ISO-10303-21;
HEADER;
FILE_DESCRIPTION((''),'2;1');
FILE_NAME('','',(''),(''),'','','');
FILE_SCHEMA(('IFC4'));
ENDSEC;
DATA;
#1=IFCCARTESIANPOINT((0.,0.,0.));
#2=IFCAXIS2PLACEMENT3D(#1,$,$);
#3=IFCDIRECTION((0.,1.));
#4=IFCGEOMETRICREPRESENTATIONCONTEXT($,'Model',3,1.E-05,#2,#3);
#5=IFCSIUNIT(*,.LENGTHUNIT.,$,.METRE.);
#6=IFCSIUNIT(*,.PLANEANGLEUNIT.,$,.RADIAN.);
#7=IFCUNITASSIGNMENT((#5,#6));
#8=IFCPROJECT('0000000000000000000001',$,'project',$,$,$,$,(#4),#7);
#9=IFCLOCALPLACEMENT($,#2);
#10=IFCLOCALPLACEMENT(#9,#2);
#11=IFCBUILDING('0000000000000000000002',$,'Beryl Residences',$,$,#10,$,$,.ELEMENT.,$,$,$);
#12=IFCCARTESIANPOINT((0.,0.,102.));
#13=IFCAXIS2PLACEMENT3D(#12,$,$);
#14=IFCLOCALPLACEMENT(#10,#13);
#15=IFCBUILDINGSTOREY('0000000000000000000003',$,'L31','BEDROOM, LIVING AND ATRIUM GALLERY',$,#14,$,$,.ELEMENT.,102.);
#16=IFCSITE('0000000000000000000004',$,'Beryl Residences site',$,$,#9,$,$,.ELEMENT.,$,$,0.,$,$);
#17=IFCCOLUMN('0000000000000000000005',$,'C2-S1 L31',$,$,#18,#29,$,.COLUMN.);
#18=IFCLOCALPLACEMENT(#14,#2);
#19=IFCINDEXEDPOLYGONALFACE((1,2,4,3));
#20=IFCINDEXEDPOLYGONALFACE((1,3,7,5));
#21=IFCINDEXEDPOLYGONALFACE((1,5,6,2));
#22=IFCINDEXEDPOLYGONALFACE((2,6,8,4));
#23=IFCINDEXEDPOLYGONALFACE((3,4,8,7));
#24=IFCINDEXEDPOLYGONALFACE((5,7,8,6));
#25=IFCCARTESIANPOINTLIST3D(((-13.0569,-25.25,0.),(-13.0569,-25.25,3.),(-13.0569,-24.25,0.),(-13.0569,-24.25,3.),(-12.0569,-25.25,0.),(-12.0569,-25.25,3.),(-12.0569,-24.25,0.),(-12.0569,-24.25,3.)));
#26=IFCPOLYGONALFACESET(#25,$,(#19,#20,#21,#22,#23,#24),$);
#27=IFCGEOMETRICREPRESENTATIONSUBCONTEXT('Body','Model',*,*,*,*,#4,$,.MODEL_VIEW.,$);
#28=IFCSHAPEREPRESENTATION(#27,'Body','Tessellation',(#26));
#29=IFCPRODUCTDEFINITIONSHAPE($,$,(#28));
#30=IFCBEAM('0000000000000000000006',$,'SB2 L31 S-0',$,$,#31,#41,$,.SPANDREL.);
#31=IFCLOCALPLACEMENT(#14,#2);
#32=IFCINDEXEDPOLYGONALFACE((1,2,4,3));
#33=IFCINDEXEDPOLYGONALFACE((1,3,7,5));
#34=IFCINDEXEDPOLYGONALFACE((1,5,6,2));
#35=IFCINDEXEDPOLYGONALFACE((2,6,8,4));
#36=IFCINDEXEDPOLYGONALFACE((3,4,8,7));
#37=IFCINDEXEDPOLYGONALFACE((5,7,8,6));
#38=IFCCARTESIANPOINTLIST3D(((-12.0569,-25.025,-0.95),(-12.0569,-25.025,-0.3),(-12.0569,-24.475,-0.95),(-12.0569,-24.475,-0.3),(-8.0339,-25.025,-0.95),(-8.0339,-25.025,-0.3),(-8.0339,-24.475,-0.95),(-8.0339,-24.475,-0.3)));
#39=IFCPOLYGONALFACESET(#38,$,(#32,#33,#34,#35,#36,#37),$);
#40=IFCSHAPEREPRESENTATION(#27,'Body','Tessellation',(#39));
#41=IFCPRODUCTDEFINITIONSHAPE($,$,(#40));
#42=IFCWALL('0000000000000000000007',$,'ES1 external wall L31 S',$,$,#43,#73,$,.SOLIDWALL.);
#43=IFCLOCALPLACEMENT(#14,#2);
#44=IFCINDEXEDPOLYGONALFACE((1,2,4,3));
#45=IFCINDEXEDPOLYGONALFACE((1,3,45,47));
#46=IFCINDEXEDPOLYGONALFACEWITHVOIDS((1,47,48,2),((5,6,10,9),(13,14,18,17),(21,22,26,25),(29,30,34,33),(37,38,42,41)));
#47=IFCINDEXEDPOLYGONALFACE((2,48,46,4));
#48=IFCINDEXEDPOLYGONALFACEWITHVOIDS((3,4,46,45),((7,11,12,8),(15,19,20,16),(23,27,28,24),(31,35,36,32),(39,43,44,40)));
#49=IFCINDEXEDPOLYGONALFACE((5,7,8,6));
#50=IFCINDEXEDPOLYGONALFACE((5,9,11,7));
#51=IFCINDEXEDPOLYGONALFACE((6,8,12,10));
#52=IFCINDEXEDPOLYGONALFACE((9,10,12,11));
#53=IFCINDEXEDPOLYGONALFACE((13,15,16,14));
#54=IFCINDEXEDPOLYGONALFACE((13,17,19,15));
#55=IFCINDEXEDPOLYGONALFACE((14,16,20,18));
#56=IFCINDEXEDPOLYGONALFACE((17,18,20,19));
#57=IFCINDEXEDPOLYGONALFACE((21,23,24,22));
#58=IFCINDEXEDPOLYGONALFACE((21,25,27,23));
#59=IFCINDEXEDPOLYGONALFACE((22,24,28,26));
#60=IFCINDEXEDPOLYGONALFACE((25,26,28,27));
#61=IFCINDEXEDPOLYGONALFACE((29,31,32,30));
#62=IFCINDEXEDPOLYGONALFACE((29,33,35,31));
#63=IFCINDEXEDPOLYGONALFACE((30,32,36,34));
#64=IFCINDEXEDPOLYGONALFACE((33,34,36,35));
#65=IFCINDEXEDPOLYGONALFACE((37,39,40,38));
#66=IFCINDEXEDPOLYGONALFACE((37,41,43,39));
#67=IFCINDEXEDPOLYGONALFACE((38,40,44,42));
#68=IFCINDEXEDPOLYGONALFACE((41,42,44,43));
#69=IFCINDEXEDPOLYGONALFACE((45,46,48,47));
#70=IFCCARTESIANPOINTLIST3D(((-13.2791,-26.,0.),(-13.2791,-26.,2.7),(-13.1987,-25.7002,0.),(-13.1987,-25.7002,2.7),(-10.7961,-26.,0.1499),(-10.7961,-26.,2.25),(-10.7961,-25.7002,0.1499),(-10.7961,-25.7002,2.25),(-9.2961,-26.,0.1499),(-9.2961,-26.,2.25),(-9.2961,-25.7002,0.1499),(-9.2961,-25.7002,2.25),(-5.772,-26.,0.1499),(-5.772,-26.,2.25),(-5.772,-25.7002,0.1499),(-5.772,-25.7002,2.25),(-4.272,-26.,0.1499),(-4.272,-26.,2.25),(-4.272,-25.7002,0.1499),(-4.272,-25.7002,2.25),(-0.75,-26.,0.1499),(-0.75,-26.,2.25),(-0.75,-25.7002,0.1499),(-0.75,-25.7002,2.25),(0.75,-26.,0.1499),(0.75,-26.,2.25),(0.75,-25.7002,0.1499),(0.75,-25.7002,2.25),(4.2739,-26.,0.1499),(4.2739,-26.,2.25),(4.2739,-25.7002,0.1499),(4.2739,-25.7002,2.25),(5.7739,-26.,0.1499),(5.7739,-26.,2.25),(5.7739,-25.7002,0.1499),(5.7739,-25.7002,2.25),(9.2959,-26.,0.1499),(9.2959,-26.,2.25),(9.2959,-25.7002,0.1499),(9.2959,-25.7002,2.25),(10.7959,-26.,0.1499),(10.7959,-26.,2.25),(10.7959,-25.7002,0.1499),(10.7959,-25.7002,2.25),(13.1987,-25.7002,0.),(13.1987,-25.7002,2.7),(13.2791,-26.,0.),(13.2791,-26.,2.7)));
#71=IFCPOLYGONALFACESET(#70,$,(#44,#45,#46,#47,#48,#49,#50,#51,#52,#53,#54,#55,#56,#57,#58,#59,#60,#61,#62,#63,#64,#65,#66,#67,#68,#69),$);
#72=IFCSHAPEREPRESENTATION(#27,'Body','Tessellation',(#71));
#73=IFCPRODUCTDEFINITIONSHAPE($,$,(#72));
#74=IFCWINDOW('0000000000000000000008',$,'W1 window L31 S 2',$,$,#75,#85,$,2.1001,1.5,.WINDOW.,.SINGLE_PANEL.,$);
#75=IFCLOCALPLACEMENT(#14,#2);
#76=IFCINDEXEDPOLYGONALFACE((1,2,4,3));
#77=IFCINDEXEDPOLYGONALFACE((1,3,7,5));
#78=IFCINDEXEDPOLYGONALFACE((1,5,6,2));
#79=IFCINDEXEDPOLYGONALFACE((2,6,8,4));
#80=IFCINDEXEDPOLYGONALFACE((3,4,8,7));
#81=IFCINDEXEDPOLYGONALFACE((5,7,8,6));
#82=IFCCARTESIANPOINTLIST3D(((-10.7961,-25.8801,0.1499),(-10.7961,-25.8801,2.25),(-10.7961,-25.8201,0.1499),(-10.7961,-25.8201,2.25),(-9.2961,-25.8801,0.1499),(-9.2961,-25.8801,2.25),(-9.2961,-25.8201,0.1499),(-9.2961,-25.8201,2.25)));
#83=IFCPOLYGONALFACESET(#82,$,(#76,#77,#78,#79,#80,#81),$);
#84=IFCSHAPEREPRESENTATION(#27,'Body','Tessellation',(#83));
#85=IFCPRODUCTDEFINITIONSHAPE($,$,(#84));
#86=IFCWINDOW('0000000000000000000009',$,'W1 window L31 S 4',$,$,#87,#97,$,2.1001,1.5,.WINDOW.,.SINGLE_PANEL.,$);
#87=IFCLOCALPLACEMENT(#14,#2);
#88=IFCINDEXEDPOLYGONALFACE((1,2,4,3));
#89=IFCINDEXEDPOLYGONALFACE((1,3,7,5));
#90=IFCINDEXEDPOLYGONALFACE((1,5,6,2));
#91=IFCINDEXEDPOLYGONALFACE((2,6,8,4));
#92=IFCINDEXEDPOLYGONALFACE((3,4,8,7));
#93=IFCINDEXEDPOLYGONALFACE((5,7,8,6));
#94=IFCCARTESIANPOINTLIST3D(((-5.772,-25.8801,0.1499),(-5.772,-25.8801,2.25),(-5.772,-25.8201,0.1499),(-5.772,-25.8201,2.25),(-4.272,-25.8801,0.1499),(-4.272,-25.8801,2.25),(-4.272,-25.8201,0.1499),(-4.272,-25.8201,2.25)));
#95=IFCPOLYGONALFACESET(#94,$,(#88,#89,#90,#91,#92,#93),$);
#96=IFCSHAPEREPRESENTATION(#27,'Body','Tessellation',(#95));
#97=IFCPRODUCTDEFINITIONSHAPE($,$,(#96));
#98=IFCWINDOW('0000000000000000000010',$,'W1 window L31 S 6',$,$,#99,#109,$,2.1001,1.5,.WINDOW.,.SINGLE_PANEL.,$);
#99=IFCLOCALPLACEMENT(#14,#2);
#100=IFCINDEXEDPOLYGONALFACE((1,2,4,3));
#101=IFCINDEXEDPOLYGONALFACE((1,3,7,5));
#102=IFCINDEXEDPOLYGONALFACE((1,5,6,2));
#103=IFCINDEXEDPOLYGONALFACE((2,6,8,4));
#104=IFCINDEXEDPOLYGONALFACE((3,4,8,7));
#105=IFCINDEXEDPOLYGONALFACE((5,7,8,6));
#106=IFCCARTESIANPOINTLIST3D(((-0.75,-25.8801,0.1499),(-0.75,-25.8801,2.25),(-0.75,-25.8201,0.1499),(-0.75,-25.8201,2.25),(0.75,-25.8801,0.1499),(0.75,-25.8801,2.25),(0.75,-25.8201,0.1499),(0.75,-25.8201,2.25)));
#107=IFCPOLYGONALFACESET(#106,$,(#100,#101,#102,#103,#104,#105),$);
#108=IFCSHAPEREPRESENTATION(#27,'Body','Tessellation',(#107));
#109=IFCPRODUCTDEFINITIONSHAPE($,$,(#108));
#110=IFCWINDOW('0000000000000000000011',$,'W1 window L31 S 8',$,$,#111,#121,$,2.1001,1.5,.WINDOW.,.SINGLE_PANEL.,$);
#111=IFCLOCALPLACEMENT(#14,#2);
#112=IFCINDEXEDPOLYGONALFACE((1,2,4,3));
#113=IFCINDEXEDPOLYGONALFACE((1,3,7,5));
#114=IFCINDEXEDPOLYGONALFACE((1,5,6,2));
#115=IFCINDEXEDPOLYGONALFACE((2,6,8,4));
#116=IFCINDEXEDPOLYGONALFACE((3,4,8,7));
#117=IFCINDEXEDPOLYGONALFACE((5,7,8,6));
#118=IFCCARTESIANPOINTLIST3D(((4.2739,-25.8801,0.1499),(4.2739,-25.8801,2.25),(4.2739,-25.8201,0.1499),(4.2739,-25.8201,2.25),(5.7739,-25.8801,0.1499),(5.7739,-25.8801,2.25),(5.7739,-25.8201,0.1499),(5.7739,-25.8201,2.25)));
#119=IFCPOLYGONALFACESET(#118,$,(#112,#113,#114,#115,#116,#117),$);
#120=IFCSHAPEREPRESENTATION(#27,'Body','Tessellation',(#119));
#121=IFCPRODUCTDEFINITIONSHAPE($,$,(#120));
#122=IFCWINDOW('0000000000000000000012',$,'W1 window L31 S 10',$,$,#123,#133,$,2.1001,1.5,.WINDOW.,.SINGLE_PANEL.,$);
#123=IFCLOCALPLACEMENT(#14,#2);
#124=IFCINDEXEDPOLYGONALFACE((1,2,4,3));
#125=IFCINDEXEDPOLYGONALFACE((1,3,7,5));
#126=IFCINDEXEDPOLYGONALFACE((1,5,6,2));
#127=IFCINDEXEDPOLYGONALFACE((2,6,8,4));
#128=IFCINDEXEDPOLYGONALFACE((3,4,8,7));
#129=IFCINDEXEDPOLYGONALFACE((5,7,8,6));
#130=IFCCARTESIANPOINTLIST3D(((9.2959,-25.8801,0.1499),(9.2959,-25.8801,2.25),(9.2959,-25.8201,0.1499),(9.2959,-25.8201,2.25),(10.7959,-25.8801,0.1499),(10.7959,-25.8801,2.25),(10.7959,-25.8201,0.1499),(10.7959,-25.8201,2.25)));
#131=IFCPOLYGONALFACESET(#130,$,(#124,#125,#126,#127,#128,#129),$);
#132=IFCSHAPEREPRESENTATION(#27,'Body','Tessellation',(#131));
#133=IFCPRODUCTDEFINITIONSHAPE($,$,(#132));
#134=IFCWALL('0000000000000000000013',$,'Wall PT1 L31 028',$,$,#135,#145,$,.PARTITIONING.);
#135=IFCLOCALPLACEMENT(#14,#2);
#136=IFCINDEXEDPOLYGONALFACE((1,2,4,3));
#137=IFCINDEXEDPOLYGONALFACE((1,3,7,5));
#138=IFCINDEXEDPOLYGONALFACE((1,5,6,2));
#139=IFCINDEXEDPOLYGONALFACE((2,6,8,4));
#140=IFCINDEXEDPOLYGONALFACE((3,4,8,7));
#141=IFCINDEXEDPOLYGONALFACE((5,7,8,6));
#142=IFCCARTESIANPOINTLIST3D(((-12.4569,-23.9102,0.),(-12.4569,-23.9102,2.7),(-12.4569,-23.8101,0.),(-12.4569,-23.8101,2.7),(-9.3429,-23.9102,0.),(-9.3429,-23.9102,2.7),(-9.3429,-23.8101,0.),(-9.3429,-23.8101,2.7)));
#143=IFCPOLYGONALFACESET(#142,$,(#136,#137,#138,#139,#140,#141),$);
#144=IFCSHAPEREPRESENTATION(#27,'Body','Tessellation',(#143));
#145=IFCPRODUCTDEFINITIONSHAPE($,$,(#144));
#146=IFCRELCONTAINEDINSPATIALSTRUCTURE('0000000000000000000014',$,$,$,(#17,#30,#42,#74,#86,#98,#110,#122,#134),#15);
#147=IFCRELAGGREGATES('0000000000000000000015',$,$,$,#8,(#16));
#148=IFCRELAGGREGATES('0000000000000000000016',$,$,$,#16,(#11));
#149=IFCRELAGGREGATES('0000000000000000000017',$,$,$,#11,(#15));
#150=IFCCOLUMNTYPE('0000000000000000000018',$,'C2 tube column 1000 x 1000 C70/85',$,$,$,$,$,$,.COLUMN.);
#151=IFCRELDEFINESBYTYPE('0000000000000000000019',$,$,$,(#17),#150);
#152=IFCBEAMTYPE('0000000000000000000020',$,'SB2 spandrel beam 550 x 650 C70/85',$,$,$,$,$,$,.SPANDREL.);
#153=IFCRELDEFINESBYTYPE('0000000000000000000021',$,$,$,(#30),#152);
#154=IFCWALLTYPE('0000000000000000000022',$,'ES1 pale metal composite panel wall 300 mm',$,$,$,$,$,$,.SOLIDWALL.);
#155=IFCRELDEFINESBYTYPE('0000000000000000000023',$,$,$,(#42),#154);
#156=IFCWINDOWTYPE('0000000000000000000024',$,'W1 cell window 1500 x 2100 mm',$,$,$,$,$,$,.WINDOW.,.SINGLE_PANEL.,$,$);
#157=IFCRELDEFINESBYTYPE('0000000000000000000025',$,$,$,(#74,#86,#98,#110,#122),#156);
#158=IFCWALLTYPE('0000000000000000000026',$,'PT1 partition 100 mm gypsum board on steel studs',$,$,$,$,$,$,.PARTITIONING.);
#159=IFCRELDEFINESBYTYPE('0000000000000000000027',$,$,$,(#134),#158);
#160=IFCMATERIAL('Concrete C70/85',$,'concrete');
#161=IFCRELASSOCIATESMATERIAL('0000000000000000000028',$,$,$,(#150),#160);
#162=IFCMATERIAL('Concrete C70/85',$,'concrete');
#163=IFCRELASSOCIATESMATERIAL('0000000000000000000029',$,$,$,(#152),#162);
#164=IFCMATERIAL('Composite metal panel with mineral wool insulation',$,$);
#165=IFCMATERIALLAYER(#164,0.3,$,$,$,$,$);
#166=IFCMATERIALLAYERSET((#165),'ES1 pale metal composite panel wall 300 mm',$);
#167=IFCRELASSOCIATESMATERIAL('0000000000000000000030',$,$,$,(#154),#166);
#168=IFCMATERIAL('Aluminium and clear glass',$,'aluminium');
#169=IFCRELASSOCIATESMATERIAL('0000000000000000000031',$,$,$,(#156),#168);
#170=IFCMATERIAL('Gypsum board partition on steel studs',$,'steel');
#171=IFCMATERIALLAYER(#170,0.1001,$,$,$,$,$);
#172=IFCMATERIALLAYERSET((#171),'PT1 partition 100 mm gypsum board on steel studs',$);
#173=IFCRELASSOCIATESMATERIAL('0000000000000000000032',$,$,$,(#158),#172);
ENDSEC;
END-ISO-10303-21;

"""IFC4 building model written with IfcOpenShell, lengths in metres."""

from ifc_helpers import new_model, si_unit, direction, frame, frame_2d, origin, origin_2d, place, context, subcontext, project, spatial, polyline, rectangle, outline, extrude, material, layer, layer_set, material_profile, profile_set, type_object, element, fill, save


model = new_model("IFC4")

# Units and contexts
model_context = context("Model", 3, precision=1e-05, world=origin(), true_north=direction((0.0, 1.0)))
body_context = subcontext(model_context, "Body", "Model", "MODEL_VIEW")
ifc_project = project(units=[si_unit("LENGTHUNIT", "METRE"), si_unit("PLANEANGLEUNIT", "RADIAN")], contexts=[model_context])

# Site, building, storey
site_placement = place(None, origin())
site = spatial("IfcSite", under=ifc_project, at=site_placement, Name="Beryl Residences site", CompositionType="ELEMENT", RefElevation=0.0)
building_placement = place(site_placement, origin())
building = spatial("IfcBuilding", under=site, at=building_placement, Name="Beryl Residences", CompositionType="ELEMENT")
storey_placement = place(building_placement, frame((0.0, 0.0, 102.0)))
storey = spatial("IfcBuildingStorey", under=building, at=storey_placement, Name="L31", Description="BEDROOM, LIVING AND ATRIUM GALLERY", CompositionType="ELEMENT", Elevation=102.0)

# Column
ifc_material_1 = material(Name="Concrete C70/85", Category="concrete")
ifc_material_profile_1 = material_profile(ifc_material_1, rectangle(XDim=1.0, YDim=1.0, at=origin_2d()))
ifc_profile_set_1 = profile_set([ifc_material_profile_1], Name="Concrete C70/85")
column_type = type_object("IfcColumnType", Name="C2 tube column 1000 x 1000 C70/85", PredefinedType="COLUMN", material=ifc_profile_set_1)
column_placement = place(storey_placement, frame((-12.5569, -24.75, 0.0), z_axis=(0.0, 0.0, 1.0), x_axis=(1.0, 0.0, 0.0)))
element("IfcColumn", 1, at=column_placement, inside=storey, type_object=column_type, Name="C2-S1 L31", PredefinedType="COLUMN", context=body_context, shape_type="SweptSolid", body=[
    extrude(rectangle(XDim=1.0, YDim=1.0, at=origin_2d()), origin(), (0.0, 0.0, 1.0), 3.0),
])

# Beam
ifc_material_2 = material(Name="Concrete C70/85", Category="concrete")
ifc_material_profile_2 = material_profile(ifc_material_2, rectangle(XDim=0.55, YDim=0.6499, at=origin_2d()))
ifc_profile_set_2 = profile_set([ifc_material_profile_2], Name="Concrete C70/85")
beam_type = type_object("IfcBeamType", Name="SB2 spandrel beam 550 x 650 C70/85", PredefinedType="SPANDREL", material=ifc_profile_set_2)
beam_placement = place(storey_placement, frame((-12.0569, -24.75, -0.625), z_axis=(1.0, 0.0, 0.0), x_axis=(0.0, 1.0, 0.0)))
element("IfcBeam", 2, at=beam_placement, inside=storey, type_object=beam_type, Name="SB2 L31 S-0", PredefinedType="SPANDREL", context=body_context, shape_type="SweptSolid", body=[
    extrude(rectangle(XDim=0.55, YDim=0.6499, at=origin_2d()), origin(), (0.0, 0.0, 1.0), 4.0229),
])

# Wall, openings, windows
ifc_material_3 = material(Name="Composite metal panel with mineral wool insulation")
ifc_layer_1 = layer(ifc_material_3, 0.3)
ifc_layer_set_1 = layer_set([ifc_layer_1], Name="ES1 pale metal composite panel wall 300 mm")
wall_type_1 = type_object("IfcWallType", Name="ES1 pale metal composite panel wall 300 mm", PredefinedType="SOLIDWALL", material=ifc_layer_set_1)
wall_1_placement = place(storey_placement, frame((-13.2791, -25.8501, 0.0), z_axis=(0.0, 0.0, 1.0), x_axis=(1.0, 0.0, 0.0)))
wall_1 = element("IfcWall", 3, at=wall_1_placement, inside=storey, type_object=wall_type_1, Name="ES1 external wall L31 S", PredefinedType="SOLIDWALL", context=body_context, shape_type="SweptSolid", body=[
    extrude(outline(polyline([(0.0, -0.1499), (26.5581, -0.1499), (26.4778, 0.1499), (0.0803, 0.1499), (0.0, -0.1499)])), origin(), (0.0, 0.0, 1.0), 2.7),
])
opening_1_placement = place(wall_1_placement, frame((2.4829, 0.0, 0.1499)))
opening_1 = element("IfcOpeningElement", 4, at=opening_1_placement, cuts=wall_1, PredefinedType="OPENING", context=body_context, shape_type="SweptSolid", body=[
    extrude(rectangle(XDim=1.5, YDim=2.1001, at=frame_2d((0.75, 1.05))), frame((0.0, 0.1599, 0.0), z_axis=(0.0, -1.0, 0.0), x_axis=(1.0, 0.0, 0.0)), (0.0, 0.0, 1.0), 0.3201),
])
opening_2_placement = place(wall_1_placement, frame((7.5071, 0.0, 0.1499)))
opening_2 = element("IfcOpeningElement", 5, at=opening_2_placement, cuts=wall_1, PredefinedType="OPENING", context=body_context, shape_type="SweptSolid", body=[
    extrude(rectangle(XDim=1.5, YDim=2.1001, at=frame_2d((0.75, 1.05))), frame((0.0, 0.1599, 0.0), z_axis=(0.0, -1.0, 0.0), x_axis=(1.0, 0.0, 0.0)), (0.0, 0.0, 1.0), 0.3201),
])
opening_3_placement = place(wall_1_placement, frame((12.5291, 0.0, 0.1499)))
opening_3 = element("IfcOpeningElement", 6, at=opening_3_placement, cuts=wall_1, PredefinedType="OPENING", context=body_context, shape_type="SweptSolid", body=[
    extrude(rectangle(XDim=1.5, YDim=2.1001, at=frame_2d((0.75, 1.05))), frame((0.0, 0.1599, 0.0), z_axis=(0.0, -1.0, 0.0), x_axis=(1.0, 0.0, 0.0)), (0.0, 0.0, 1.0), 0.3201),
])
opening_4_placement = place(wall_1_placement, frame((17.553, 0.0, 0.1499)))
opening_4 = element("IfcOpeningElement", 7, at=opening_4_placement, cuts=wall_1, PredefinedType="OPENING", context=body_context, shape_type="SweptSolid", body=[
    extrude(rectangle(XDim=1.5, YDim=2.1001, at=frame_2d((0.75, 1.05))), frame((0.0, 0.1599, 0.0), z_axis=(0.0, -1.0, 0.0), x_axis=(1.0, 0.0, 0.0)), (0.0, 0.0, 1.0), 0.3201),
])
opening_5_placement = place(wall_1_placement, frame((22.575, 0.0, 0.1499)))
opening_5 = element("IfcOpeningElement", 8, at=opening_5_placement, cuts=wall_1, PredefinedType="OPENING", context=body_context, shape_type="SweptSolid", body=[
    extrude(rectangle(XDim=1.5, YDim=2.1001, at=frame_2d((0.75, 1.05))), frame((0.0, 0.1599, 0.0), z_axis=(0.0, -1.0, 0.0), x_axis=(1.0, 0.0, 0.0)), (0.0, 0.0, 1.0), 0.3201),
])
ifc_material_4 = material(Name="Aluminium and clear glass", Category="aluminium")
window_type = type_object("IfcWindowType", Name="W1 cell window 1500 x 2100 mm", PartitioningType="SINGLE_PANEL", PredefinedType="WINDOW", material=ifc_material_4)
window_1_placement = place(opening_1_placement, origin())
window_1 = element("IfcWindow", 9, at=window_1_placement, inside=storey, type_object=window_type, Name="W1 window L31 S 2", OverallHeight=2.1001, OverallWidth=1.5, PartitioningType="SINGLE_PANEL", PredefinedType="WINDOW", context=body_context, shape_type="SweptSolid", body=[
    extrude(rectangle(XDim=1.5, YDim=2.1001, at=frame_2d((0.75, 1.05))), frame((0.0, 0.03, 0.0), z_axis=(0.0, -1.0, 0.0), x_axis=(1.0, 0.0, 0.0)), (0.0, 0.0, 1.0), 0.0601),
])
fill(opening_1, window_1)
window_2_placement = place(opening_2_placement, origin())
window_2 = element("IfcWindow", 10, at=window_2_placement, inside=storey, type_object=window_type, Name="W1 window L31 S 4", OverallHeight=2.1001, OverallWidth=1.5, PartitioningType="SINGLE_PANEL", PredefinedType="WINDOW", context=body_context, shape_type="SweptSolid", body=[
    extrude(rectangle(XDim=1.5, YDim=2.1001, at=frame_2d((0.75, 1.05))), frame((0.0, 0.03, 0.0), z_axis=(0.0, -1.0, 0.0), x_axis=(1.0, 0.0, 0.0)), (0.0, 0.0, 1.0), 0.0601),
])
fill(opening_2, window_2)
window_3_placement = place(opening_3_placement, origin())
window_3 = element("IfcWindow", 11, at=window_3_placement, inside=storey, type_object=window_type, Name="W1 window L31 S 6", OverallHeight=2.1001, OverallWidth=1.5, PartitioningType="SINGLE_PANEL", PredefinedType="WINDOW", context=body_context, shape_type="SweptSolid", body=[
    extrude(rectangle(XDim=1.5, YDim=2.1001, at=frame_2d((0.75, 1.05))), frame((0.0, 0.03, 0.0), z_axis=(0.0, -1.0, 0.0), x_axis=(1.0, 0.0, 0.0)), (0.0, 0.0, 1.0), 0.0601),
])
fill(opening_3, window_3)
window_4_placement = place(opening_4_placement, origin())
window_4 = element("IfcWindow", 12, at=window_4_placement, inside=storey, type_object=window_type, Name="W1 window L31 S 8", OverallHeight=2.1001, OverallWidth=1.5, PartitioningType="SINGLE_PANEL", PredefinedType="WINDOW", context=body_context, shape_type="SweptSolid", body=[
    extrude(rectangle(XDim=1.5, YDim=2.1001, at=frame_2d((0.75, 1.05))), frame((0.0, 0.03, 0.0), z_axis=(0.0, -1.0, 0.0), x_axis=(1.0, 0.0, 0.0)), (0.0, 0.0, 1.0), 0.0601),
])
fill(opening_4, window_4)
window_5_placement = place(opening_5_placement, origin())
window_5 = element("IfcWindow", 13, at=window_5_placement, inside=storey, type_object=window_type, Name="W1 window L31 S 10", OverallHeight=2.1001, OverallWidth=1.5, PartitioningType="SINGLE_PANEL", PredefinedType="WINDOW", context=body_context, shape_type="SweptSolid", body=[
    extrude(rectangle(XDim=1.5, YDim=2.1001, at=frame_2d((0.75, 1.05))), frame((0.0, 0.03, 0.0), z_axis=(0.0, -1.0, 0.0), x_axis=(1.0, 0.0, 0.0)), (0.0, 0.0, 1.0), 0.0601),
])
fill(opening_5, window_5)

# Wall
ifc_material_5 = material(Name="Gypsum board partition on steel studs", Category="steel")
ifc_layer_2 = layer(ifc_material_5, 0.1001)
ifc_layer_set_2 = layer_set([ifc_layer_2], Name="PT1 partition 100 mm gypsum board on steel studs")
wall_type_2 = type_object("IfcWallType", Name="PT1 partition 100 mm gypsum board on steel studs", PredefinedType="PARTITIONING", material=ifc_layer_set_2)
wall_2_placement = place(storey_placement, frame((-12.457, -23.8601, 0.0), z_axis=(0.0, 0.0, 1.0), x_axis=(1.0, 0.0, 0.0)))
element("IfcWall", 14, at=wall_2_placement, inside=storey, type_object=wall_type_2, Name="Wall PT1 L31 028", PredefinedType="PARTITIONING", context=body_context, shape_type="SweptSolid", body=[
    extrude(rectangle(XDim=3.114, YDim=0.1001, at=frame_2d((1.5571, 0.0))), origin(), (0.0, 0.0, 1.0), 2.7),
])

save(model, "model.ifc")
